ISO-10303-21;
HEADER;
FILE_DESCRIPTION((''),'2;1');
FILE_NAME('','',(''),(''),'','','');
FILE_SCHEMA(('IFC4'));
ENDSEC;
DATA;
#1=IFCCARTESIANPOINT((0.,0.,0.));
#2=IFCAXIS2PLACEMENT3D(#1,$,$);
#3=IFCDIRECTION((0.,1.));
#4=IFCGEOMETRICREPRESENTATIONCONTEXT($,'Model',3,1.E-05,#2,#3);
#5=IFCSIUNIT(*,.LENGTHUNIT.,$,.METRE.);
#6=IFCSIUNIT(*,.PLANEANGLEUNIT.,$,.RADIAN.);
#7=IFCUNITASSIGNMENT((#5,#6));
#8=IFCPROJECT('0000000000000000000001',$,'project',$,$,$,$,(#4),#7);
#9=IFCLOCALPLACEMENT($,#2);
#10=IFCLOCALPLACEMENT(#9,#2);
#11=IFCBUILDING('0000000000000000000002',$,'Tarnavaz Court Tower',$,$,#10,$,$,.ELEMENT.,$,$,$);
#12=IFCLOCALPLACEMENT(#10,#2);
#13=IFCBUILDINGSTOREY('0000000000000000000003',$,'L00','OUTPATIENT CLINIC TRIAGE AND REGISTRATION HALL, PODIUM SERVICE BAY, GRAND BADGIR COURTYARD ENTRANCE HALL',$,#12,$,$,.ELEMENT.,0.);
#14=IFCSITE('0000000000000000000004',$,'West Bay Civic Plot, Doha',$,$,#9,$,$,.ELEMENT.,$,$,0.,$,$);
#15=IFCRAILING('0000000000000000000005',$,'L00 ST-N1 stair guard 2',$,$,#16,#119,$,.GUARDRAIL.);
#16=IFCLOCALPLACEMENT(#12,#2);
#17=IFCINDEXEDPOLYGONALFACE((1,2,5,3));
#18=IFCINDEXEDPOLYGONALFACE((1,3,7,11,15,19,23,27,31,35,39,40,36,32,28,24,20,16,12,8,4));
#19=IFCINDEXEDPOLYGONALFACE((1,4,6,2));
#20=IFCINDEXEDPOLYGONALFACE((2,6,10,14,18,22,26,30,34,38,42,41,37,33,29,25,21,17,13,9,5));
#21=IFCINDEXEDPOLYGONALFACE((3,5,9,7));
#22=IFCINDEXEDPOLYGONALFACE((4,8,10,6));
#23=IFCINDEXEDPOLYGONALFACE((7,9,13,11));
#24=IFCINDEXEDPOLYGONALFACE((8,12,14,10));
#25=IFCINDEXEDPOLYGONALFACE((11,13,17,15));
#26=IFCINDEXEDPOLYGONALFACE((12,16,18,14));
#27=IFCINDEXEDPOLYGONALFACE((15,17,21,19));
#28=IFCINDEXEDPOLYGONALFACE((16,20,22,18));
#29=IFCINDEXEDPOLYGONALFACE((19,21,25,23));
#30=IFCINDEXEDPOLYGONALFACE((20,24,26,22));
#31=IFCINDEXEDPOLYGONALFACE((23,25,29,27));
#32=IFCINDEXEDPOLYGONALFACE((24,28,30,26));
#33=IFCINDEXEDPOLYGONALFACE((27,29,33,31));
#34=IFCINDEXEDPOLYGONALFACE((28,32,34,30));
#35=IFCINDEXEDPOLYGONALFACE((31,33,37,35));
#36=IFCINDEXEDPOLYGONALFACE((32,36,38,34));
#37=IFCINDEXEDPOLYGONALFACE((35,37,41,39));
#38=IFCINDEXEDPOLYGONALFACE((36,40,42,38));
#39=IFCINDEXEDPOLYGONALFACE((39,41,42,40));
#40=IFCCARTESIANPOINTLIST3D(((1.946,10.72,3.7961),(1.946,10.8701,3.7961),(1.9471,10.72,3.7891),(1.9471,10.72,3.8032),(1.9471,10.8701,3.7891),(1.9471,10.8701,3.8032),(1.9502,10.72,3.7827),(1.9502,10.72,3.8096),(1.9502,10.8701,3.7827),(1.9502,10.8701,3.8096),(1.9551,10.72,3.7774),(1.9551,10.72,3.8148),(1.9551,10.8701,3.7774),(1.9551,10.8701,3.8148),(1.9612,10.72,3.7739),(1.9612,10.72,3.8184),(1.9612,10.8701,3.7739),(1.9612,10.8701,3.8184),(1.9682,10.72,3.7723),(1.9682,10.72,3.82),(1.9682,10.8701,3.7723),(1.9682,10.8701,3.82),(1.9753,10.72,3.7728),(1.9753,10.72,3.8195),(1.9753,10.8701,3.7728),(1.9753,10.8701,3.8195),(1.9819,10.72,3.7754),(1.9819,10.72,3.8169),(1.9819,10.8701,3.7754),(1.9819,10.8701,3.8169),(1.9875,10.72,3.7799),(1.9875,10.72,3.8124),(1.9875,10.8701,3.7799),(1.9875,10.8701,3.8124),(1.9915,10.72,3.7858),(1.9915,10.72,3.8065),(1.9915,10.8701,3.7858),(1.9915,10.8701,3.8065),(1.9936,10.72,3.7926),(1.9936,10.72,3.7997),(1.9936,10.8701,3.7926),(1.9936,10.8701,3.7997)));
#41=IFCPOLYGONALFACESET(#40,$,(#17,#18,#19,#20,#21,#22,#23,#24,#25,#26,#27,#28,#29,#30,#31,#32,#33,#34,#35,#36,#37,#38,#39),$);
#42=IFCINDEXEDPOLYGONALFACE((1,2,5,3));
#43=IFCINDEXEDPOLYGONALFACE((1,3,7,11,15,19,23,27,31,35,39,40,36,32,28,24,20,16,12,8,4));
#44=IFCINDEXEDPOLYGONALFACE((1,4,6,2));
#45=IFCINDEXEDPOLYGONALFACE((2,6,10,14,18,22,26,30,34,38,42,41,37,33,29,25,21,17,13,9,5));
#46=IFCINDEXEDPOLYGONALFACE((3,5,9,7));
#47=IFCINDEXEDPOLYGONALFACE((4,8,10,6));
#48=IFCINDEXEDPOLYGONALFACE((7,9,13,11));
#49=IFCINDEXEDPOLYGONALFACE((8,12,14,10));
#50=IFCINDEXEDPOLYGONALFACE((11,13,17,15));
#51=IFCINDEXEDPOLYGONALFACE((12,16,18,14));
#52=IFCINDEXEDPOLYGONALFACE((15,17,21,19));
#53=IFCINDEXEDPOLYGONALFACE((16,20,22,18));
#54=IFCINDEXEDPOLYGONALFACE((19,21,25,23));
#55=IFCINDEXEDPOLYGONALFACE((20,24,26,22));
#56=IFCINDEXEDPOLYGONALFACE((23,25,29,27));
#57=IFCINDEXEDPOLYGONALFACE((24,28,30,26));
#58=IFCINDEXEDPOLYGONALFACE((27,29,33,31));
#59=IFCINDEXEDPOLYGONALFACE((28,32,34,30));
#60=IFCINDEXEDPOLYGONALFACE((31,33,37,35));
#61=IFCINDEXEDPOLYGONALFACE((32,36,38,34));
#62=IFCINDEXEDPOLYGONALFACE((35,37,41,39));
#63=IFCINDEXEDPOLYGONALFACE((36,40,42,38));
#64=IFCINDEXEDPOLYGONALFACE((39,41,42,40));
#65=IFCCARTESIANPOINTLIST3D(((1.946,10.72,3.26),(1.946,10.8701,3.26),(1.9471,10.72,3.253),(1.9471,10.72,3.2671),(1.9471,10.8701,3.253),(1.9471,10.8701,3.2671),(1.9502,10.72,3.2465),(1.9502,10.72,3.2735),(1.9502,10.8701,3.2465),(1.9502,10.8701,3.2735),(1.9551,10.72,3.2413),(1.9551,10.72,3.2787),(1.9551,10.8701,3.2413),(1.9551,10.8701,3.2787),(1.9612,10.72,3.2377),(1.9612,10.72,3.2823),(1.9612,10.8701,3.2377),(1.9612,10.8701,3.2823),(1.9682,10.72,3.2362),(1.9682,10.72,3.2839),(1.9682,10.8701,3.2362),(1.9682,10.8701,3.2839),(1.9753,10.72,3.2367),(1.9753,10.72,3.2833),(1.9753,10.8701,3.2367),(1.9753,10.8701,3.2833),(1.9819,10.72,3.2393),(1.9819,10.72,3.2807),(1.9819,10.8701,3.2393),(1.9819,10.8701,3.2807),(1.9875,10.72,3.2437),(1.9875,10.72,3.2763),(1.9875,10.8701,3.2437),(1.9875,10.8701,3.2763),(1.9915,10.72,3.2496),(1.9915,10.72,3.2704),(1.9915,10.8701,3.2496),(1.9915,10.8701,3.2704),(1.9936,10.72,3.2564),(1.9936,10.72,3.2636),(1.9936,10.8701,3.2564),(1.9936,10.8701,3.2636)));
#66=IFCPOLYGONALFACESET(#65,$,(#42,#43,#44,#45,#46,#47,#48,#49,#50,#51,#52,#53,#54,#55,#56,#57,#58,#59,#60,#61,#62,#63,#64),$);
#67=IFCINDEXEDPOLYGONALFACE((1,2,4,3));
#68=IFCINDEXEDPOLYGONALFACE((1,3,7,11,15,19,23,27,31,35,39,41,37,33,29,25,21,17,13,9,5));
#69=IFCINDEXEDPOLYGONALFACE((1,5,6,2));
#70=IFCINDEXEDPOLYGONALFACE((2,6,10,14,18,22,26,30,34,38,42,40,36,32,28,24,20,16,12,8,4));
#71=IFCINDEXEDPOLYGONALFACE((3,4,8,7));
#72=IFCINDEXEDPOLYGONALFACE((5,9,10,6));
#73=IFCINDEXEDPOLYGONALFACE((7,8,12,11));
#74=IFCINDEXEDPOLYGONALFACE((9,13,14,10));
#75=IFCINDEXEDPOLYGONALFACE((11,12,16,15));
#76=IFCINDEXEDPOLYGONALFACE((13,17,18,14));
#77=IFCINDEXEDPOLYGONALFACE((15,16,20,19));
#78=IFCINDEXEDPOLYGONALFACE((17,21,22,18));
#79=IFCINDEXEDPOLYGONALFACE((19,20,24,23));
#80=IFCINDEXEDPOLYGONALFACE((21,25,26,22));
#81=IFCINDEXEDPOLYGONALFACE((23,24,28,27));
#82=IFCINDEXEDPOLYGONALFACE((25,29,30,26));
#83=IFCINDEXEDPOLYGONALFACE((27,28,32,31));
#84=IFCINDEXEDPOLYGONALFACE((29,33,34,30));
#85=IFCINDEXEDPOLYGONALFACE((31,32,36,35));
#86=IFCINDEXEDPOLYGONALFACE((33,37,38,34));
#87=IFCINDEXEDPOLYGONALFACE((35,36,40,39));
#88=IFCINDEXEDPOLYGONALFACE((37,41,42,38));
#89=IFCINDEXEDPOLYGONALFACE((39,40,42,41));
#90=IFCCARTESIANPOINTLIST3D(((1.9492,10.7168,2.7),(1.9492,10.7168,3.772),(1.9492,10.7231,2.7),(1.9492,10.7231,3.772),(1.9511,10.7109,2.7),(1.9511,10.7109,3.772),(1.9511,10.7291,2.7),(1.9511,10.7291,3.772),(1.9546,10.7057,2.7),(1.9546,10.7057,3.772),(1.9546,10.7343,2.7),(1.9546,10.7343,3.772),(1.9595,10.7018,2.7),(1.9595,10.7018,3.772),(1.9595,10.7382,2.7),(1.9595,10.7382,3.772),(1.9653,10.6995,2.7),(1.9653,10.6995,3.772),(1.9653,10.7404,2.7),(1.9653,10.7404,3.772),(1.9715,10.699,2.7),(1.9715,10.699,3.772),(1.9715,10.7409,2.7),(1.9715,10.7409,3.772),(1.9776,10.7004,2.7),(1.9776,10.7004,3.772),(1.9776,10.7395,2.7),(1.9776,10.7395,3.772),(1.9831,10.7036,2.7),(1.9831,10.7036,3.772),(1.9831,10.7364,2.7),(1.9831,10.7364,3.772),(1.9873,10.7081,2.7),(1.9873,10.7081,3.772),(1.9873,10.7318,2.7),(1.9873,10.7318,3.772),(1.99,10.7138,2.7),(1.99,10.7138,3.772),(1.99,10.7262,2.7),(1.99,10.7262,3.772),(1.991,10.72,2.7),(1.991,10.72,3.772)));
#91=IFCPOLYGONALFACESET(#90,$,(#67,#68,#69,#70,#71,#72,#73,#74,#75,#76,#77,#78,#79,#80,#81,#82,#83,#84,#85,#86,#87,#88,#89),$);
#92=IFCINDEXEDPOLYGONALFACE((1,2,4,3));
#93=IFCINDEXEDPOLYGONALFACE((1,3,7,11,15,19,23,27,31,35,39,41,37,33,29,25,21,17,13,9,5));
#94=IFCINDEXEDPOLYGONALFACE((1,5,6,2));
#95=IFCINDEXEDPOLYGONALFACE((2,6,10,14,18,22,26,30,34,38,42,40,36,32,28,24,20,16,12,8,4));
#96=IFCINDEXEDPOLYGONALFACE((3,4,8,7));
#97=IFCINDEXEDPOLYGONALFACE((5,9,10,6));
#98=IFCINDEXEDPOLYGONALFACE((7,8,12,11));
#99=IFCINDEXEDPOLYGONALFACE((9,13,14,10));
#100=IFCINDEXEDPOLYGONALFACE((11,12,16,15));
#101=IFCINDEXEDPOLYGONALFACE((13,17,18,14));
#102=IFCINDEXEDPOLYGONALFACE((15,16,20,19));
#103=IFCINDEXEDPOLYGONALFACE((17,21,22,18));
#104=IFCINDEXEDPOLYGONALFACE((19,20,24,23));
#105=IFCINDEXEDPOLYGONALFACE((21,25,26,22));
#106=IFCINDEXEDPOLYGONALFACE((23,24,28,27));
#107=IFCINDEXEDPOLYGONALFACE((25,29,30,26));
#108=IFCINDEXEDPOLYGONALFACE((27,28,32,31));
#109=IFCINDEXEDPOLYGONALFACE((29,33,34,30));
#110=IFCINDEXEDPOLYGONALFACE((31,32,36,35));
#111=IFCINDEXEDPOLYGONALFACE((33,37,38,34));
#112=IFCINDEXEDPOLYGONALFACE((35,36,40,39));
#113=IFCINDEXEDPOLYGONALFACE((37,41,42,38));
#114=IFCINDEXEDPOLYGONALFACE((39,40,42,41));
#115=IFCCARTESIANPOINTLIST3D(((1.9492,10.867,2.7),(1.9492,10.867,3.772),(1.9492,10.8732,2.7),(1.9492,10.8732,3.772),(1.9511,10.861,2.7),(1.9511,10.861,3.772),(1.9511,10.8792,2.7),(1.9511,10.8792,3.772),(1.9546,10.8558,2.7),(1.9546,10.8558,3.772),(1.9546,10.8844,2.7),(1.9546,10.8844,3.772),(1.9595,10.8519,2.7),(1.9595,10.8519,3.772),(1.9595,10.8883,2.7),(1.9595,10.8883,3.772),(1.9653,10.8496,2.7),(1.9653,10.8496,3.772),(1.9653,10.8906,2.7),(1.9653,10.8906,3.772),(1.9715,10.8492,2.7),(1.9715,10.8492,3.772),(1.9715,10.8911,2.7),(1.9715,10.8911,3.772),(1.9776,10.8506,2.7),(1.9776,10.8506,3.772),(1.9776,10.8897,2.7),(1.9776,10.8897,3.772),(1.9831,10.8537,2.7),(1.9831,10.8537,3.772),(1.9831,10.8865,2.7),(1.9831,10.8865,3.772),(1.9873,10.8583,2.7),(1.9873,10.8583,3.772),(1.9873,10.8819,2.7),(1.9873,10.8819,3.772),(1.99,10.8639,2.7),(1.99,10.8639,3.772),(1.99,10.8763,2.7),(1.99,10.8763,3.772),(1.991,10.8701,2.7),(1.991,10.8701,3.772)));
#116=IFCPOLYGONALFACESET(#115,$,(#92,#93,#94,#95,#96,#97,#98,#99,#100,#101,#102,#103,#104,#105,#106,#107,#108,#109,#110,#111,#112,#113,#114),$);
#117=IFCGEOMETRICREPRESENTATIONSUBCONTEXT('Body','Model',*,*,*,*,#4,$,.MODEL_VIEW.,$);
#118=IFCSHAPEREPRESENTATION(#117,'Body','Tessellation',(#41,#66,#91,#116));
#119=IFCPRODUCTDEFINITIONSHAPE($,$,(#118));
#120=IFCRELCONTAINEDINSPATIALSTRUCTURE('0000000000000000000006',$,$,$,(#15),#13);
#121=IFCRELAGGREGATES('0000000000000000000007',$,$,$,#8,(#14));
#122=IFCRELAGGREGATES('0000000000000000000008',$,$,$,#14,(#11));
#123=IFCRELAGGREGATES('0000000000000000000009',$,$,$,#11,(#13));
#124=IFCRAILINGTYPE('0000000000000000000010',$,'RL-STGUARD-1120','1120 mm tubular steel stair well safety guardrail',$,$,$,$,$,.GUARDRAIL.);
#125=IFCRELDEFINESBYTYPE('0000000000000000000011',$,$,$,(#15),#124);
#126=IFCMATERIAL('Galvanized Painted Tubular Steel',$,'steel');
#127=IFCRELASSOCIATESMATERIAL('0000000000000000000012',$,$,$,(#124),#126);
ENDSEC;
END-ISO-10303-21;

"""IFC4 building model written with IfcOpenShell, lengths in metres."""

from ifc_helpers import new_model, si_unit, direction, frame, origin, origin_2d, place, context, subcontext, project, spatial, circle, extrude, material, type_object, element, save


model = new_model("IFC4")

# Units and contexts
model_context = context("Model", 3, precision=1e-05, world=origin(), true_north=direction((0.0, 1.0)))
body_context = subcontext(model_context, "Body", "Model", "MODEL_VIEW")
ifc_project = project(units=[si_unit("LENGTHUNIT", "METRE"), si_unit("PLANEANGLEUNIT", "RADIAN")], contexts=[model_context])

# Site, building, storey
site_placement = place(None, origin())
site = spatial("IfcSite", under=ifc_project, at=site_placement, Name="West Bay Civic Plot, Doha", CompositionType="ELEMENT", RefElevation=0.0)
building_placement = place(site_placement, origin())
building = spatial("IfcBuilding", under=site, at=building_placement, Name="Tarnavaz Court Tower", CompositionType="ELEMENT")
storey_placement = place(building_placement, origin())
storey = spatial("IfcBuildingStorey", under=building, at=storey_placement, Name="L00", Description="OUTPATIENT CLINIC TRIAGE AND REGISTRATION HALL, PODIUM SERVICE BAY, GRAND BADGIR COURTYARD ENTRANCE HALL", CompositionType="ELEMENT", Elevation=0.0)

# Railing
ifc_material_1 = material(Name="Galvanized Painted Tubular Steel", Category="steel")
railing_type_1 = type_object("IfcRailingType", Name="RL-STGUARD-1120", Description="1120 mm tubular steel stair well safety guardrail", PredefinedType="GUARDRAIL", material=ifc_material_1)
railing_1_placement = place(storey_placement, frame((1.97, 10.72, 2.7)))
element("IfcRailing", 1, at=railing_1_placement, inside=storey, type_object=railing_type_1, Name="L00 ST-N1 stair guard 2", PredefinedType="GUARDRAIL", context=body_context, shape_type="SweptSolid", body=[
    extrude(circle(Radius=0.0239, at=origin_2d()), frame((0.0, 0.0, 1.0962), z_axis=(0.0, 1.0, 0.0), x_axis=(-1.0, 0.0, 0.0)), (0.0, 0.0, 1.0), 0.1501),
    extrude(circle(Radius=0.0239, at=origin_2d()), frame((0.0, 0.0, 0.5601), z_axis=(0.0, 1.0, 0.0), x_axis=(-1.0, 0.0, 0.0)), (0.0, 0.0, 1.0), 0.1501),
    extrude(circle(Radius=0.021, at=origin_2d()), origin(), (0.0, 0.0, 1.0), 1.072),
    extrude(circle(Radius=0.021, at=origin_2d()), frame((0.0, 0.1501, 0.0)), (0.0, 0.0, 1.0), 1.072),
])

save(model, "model.ifc")
